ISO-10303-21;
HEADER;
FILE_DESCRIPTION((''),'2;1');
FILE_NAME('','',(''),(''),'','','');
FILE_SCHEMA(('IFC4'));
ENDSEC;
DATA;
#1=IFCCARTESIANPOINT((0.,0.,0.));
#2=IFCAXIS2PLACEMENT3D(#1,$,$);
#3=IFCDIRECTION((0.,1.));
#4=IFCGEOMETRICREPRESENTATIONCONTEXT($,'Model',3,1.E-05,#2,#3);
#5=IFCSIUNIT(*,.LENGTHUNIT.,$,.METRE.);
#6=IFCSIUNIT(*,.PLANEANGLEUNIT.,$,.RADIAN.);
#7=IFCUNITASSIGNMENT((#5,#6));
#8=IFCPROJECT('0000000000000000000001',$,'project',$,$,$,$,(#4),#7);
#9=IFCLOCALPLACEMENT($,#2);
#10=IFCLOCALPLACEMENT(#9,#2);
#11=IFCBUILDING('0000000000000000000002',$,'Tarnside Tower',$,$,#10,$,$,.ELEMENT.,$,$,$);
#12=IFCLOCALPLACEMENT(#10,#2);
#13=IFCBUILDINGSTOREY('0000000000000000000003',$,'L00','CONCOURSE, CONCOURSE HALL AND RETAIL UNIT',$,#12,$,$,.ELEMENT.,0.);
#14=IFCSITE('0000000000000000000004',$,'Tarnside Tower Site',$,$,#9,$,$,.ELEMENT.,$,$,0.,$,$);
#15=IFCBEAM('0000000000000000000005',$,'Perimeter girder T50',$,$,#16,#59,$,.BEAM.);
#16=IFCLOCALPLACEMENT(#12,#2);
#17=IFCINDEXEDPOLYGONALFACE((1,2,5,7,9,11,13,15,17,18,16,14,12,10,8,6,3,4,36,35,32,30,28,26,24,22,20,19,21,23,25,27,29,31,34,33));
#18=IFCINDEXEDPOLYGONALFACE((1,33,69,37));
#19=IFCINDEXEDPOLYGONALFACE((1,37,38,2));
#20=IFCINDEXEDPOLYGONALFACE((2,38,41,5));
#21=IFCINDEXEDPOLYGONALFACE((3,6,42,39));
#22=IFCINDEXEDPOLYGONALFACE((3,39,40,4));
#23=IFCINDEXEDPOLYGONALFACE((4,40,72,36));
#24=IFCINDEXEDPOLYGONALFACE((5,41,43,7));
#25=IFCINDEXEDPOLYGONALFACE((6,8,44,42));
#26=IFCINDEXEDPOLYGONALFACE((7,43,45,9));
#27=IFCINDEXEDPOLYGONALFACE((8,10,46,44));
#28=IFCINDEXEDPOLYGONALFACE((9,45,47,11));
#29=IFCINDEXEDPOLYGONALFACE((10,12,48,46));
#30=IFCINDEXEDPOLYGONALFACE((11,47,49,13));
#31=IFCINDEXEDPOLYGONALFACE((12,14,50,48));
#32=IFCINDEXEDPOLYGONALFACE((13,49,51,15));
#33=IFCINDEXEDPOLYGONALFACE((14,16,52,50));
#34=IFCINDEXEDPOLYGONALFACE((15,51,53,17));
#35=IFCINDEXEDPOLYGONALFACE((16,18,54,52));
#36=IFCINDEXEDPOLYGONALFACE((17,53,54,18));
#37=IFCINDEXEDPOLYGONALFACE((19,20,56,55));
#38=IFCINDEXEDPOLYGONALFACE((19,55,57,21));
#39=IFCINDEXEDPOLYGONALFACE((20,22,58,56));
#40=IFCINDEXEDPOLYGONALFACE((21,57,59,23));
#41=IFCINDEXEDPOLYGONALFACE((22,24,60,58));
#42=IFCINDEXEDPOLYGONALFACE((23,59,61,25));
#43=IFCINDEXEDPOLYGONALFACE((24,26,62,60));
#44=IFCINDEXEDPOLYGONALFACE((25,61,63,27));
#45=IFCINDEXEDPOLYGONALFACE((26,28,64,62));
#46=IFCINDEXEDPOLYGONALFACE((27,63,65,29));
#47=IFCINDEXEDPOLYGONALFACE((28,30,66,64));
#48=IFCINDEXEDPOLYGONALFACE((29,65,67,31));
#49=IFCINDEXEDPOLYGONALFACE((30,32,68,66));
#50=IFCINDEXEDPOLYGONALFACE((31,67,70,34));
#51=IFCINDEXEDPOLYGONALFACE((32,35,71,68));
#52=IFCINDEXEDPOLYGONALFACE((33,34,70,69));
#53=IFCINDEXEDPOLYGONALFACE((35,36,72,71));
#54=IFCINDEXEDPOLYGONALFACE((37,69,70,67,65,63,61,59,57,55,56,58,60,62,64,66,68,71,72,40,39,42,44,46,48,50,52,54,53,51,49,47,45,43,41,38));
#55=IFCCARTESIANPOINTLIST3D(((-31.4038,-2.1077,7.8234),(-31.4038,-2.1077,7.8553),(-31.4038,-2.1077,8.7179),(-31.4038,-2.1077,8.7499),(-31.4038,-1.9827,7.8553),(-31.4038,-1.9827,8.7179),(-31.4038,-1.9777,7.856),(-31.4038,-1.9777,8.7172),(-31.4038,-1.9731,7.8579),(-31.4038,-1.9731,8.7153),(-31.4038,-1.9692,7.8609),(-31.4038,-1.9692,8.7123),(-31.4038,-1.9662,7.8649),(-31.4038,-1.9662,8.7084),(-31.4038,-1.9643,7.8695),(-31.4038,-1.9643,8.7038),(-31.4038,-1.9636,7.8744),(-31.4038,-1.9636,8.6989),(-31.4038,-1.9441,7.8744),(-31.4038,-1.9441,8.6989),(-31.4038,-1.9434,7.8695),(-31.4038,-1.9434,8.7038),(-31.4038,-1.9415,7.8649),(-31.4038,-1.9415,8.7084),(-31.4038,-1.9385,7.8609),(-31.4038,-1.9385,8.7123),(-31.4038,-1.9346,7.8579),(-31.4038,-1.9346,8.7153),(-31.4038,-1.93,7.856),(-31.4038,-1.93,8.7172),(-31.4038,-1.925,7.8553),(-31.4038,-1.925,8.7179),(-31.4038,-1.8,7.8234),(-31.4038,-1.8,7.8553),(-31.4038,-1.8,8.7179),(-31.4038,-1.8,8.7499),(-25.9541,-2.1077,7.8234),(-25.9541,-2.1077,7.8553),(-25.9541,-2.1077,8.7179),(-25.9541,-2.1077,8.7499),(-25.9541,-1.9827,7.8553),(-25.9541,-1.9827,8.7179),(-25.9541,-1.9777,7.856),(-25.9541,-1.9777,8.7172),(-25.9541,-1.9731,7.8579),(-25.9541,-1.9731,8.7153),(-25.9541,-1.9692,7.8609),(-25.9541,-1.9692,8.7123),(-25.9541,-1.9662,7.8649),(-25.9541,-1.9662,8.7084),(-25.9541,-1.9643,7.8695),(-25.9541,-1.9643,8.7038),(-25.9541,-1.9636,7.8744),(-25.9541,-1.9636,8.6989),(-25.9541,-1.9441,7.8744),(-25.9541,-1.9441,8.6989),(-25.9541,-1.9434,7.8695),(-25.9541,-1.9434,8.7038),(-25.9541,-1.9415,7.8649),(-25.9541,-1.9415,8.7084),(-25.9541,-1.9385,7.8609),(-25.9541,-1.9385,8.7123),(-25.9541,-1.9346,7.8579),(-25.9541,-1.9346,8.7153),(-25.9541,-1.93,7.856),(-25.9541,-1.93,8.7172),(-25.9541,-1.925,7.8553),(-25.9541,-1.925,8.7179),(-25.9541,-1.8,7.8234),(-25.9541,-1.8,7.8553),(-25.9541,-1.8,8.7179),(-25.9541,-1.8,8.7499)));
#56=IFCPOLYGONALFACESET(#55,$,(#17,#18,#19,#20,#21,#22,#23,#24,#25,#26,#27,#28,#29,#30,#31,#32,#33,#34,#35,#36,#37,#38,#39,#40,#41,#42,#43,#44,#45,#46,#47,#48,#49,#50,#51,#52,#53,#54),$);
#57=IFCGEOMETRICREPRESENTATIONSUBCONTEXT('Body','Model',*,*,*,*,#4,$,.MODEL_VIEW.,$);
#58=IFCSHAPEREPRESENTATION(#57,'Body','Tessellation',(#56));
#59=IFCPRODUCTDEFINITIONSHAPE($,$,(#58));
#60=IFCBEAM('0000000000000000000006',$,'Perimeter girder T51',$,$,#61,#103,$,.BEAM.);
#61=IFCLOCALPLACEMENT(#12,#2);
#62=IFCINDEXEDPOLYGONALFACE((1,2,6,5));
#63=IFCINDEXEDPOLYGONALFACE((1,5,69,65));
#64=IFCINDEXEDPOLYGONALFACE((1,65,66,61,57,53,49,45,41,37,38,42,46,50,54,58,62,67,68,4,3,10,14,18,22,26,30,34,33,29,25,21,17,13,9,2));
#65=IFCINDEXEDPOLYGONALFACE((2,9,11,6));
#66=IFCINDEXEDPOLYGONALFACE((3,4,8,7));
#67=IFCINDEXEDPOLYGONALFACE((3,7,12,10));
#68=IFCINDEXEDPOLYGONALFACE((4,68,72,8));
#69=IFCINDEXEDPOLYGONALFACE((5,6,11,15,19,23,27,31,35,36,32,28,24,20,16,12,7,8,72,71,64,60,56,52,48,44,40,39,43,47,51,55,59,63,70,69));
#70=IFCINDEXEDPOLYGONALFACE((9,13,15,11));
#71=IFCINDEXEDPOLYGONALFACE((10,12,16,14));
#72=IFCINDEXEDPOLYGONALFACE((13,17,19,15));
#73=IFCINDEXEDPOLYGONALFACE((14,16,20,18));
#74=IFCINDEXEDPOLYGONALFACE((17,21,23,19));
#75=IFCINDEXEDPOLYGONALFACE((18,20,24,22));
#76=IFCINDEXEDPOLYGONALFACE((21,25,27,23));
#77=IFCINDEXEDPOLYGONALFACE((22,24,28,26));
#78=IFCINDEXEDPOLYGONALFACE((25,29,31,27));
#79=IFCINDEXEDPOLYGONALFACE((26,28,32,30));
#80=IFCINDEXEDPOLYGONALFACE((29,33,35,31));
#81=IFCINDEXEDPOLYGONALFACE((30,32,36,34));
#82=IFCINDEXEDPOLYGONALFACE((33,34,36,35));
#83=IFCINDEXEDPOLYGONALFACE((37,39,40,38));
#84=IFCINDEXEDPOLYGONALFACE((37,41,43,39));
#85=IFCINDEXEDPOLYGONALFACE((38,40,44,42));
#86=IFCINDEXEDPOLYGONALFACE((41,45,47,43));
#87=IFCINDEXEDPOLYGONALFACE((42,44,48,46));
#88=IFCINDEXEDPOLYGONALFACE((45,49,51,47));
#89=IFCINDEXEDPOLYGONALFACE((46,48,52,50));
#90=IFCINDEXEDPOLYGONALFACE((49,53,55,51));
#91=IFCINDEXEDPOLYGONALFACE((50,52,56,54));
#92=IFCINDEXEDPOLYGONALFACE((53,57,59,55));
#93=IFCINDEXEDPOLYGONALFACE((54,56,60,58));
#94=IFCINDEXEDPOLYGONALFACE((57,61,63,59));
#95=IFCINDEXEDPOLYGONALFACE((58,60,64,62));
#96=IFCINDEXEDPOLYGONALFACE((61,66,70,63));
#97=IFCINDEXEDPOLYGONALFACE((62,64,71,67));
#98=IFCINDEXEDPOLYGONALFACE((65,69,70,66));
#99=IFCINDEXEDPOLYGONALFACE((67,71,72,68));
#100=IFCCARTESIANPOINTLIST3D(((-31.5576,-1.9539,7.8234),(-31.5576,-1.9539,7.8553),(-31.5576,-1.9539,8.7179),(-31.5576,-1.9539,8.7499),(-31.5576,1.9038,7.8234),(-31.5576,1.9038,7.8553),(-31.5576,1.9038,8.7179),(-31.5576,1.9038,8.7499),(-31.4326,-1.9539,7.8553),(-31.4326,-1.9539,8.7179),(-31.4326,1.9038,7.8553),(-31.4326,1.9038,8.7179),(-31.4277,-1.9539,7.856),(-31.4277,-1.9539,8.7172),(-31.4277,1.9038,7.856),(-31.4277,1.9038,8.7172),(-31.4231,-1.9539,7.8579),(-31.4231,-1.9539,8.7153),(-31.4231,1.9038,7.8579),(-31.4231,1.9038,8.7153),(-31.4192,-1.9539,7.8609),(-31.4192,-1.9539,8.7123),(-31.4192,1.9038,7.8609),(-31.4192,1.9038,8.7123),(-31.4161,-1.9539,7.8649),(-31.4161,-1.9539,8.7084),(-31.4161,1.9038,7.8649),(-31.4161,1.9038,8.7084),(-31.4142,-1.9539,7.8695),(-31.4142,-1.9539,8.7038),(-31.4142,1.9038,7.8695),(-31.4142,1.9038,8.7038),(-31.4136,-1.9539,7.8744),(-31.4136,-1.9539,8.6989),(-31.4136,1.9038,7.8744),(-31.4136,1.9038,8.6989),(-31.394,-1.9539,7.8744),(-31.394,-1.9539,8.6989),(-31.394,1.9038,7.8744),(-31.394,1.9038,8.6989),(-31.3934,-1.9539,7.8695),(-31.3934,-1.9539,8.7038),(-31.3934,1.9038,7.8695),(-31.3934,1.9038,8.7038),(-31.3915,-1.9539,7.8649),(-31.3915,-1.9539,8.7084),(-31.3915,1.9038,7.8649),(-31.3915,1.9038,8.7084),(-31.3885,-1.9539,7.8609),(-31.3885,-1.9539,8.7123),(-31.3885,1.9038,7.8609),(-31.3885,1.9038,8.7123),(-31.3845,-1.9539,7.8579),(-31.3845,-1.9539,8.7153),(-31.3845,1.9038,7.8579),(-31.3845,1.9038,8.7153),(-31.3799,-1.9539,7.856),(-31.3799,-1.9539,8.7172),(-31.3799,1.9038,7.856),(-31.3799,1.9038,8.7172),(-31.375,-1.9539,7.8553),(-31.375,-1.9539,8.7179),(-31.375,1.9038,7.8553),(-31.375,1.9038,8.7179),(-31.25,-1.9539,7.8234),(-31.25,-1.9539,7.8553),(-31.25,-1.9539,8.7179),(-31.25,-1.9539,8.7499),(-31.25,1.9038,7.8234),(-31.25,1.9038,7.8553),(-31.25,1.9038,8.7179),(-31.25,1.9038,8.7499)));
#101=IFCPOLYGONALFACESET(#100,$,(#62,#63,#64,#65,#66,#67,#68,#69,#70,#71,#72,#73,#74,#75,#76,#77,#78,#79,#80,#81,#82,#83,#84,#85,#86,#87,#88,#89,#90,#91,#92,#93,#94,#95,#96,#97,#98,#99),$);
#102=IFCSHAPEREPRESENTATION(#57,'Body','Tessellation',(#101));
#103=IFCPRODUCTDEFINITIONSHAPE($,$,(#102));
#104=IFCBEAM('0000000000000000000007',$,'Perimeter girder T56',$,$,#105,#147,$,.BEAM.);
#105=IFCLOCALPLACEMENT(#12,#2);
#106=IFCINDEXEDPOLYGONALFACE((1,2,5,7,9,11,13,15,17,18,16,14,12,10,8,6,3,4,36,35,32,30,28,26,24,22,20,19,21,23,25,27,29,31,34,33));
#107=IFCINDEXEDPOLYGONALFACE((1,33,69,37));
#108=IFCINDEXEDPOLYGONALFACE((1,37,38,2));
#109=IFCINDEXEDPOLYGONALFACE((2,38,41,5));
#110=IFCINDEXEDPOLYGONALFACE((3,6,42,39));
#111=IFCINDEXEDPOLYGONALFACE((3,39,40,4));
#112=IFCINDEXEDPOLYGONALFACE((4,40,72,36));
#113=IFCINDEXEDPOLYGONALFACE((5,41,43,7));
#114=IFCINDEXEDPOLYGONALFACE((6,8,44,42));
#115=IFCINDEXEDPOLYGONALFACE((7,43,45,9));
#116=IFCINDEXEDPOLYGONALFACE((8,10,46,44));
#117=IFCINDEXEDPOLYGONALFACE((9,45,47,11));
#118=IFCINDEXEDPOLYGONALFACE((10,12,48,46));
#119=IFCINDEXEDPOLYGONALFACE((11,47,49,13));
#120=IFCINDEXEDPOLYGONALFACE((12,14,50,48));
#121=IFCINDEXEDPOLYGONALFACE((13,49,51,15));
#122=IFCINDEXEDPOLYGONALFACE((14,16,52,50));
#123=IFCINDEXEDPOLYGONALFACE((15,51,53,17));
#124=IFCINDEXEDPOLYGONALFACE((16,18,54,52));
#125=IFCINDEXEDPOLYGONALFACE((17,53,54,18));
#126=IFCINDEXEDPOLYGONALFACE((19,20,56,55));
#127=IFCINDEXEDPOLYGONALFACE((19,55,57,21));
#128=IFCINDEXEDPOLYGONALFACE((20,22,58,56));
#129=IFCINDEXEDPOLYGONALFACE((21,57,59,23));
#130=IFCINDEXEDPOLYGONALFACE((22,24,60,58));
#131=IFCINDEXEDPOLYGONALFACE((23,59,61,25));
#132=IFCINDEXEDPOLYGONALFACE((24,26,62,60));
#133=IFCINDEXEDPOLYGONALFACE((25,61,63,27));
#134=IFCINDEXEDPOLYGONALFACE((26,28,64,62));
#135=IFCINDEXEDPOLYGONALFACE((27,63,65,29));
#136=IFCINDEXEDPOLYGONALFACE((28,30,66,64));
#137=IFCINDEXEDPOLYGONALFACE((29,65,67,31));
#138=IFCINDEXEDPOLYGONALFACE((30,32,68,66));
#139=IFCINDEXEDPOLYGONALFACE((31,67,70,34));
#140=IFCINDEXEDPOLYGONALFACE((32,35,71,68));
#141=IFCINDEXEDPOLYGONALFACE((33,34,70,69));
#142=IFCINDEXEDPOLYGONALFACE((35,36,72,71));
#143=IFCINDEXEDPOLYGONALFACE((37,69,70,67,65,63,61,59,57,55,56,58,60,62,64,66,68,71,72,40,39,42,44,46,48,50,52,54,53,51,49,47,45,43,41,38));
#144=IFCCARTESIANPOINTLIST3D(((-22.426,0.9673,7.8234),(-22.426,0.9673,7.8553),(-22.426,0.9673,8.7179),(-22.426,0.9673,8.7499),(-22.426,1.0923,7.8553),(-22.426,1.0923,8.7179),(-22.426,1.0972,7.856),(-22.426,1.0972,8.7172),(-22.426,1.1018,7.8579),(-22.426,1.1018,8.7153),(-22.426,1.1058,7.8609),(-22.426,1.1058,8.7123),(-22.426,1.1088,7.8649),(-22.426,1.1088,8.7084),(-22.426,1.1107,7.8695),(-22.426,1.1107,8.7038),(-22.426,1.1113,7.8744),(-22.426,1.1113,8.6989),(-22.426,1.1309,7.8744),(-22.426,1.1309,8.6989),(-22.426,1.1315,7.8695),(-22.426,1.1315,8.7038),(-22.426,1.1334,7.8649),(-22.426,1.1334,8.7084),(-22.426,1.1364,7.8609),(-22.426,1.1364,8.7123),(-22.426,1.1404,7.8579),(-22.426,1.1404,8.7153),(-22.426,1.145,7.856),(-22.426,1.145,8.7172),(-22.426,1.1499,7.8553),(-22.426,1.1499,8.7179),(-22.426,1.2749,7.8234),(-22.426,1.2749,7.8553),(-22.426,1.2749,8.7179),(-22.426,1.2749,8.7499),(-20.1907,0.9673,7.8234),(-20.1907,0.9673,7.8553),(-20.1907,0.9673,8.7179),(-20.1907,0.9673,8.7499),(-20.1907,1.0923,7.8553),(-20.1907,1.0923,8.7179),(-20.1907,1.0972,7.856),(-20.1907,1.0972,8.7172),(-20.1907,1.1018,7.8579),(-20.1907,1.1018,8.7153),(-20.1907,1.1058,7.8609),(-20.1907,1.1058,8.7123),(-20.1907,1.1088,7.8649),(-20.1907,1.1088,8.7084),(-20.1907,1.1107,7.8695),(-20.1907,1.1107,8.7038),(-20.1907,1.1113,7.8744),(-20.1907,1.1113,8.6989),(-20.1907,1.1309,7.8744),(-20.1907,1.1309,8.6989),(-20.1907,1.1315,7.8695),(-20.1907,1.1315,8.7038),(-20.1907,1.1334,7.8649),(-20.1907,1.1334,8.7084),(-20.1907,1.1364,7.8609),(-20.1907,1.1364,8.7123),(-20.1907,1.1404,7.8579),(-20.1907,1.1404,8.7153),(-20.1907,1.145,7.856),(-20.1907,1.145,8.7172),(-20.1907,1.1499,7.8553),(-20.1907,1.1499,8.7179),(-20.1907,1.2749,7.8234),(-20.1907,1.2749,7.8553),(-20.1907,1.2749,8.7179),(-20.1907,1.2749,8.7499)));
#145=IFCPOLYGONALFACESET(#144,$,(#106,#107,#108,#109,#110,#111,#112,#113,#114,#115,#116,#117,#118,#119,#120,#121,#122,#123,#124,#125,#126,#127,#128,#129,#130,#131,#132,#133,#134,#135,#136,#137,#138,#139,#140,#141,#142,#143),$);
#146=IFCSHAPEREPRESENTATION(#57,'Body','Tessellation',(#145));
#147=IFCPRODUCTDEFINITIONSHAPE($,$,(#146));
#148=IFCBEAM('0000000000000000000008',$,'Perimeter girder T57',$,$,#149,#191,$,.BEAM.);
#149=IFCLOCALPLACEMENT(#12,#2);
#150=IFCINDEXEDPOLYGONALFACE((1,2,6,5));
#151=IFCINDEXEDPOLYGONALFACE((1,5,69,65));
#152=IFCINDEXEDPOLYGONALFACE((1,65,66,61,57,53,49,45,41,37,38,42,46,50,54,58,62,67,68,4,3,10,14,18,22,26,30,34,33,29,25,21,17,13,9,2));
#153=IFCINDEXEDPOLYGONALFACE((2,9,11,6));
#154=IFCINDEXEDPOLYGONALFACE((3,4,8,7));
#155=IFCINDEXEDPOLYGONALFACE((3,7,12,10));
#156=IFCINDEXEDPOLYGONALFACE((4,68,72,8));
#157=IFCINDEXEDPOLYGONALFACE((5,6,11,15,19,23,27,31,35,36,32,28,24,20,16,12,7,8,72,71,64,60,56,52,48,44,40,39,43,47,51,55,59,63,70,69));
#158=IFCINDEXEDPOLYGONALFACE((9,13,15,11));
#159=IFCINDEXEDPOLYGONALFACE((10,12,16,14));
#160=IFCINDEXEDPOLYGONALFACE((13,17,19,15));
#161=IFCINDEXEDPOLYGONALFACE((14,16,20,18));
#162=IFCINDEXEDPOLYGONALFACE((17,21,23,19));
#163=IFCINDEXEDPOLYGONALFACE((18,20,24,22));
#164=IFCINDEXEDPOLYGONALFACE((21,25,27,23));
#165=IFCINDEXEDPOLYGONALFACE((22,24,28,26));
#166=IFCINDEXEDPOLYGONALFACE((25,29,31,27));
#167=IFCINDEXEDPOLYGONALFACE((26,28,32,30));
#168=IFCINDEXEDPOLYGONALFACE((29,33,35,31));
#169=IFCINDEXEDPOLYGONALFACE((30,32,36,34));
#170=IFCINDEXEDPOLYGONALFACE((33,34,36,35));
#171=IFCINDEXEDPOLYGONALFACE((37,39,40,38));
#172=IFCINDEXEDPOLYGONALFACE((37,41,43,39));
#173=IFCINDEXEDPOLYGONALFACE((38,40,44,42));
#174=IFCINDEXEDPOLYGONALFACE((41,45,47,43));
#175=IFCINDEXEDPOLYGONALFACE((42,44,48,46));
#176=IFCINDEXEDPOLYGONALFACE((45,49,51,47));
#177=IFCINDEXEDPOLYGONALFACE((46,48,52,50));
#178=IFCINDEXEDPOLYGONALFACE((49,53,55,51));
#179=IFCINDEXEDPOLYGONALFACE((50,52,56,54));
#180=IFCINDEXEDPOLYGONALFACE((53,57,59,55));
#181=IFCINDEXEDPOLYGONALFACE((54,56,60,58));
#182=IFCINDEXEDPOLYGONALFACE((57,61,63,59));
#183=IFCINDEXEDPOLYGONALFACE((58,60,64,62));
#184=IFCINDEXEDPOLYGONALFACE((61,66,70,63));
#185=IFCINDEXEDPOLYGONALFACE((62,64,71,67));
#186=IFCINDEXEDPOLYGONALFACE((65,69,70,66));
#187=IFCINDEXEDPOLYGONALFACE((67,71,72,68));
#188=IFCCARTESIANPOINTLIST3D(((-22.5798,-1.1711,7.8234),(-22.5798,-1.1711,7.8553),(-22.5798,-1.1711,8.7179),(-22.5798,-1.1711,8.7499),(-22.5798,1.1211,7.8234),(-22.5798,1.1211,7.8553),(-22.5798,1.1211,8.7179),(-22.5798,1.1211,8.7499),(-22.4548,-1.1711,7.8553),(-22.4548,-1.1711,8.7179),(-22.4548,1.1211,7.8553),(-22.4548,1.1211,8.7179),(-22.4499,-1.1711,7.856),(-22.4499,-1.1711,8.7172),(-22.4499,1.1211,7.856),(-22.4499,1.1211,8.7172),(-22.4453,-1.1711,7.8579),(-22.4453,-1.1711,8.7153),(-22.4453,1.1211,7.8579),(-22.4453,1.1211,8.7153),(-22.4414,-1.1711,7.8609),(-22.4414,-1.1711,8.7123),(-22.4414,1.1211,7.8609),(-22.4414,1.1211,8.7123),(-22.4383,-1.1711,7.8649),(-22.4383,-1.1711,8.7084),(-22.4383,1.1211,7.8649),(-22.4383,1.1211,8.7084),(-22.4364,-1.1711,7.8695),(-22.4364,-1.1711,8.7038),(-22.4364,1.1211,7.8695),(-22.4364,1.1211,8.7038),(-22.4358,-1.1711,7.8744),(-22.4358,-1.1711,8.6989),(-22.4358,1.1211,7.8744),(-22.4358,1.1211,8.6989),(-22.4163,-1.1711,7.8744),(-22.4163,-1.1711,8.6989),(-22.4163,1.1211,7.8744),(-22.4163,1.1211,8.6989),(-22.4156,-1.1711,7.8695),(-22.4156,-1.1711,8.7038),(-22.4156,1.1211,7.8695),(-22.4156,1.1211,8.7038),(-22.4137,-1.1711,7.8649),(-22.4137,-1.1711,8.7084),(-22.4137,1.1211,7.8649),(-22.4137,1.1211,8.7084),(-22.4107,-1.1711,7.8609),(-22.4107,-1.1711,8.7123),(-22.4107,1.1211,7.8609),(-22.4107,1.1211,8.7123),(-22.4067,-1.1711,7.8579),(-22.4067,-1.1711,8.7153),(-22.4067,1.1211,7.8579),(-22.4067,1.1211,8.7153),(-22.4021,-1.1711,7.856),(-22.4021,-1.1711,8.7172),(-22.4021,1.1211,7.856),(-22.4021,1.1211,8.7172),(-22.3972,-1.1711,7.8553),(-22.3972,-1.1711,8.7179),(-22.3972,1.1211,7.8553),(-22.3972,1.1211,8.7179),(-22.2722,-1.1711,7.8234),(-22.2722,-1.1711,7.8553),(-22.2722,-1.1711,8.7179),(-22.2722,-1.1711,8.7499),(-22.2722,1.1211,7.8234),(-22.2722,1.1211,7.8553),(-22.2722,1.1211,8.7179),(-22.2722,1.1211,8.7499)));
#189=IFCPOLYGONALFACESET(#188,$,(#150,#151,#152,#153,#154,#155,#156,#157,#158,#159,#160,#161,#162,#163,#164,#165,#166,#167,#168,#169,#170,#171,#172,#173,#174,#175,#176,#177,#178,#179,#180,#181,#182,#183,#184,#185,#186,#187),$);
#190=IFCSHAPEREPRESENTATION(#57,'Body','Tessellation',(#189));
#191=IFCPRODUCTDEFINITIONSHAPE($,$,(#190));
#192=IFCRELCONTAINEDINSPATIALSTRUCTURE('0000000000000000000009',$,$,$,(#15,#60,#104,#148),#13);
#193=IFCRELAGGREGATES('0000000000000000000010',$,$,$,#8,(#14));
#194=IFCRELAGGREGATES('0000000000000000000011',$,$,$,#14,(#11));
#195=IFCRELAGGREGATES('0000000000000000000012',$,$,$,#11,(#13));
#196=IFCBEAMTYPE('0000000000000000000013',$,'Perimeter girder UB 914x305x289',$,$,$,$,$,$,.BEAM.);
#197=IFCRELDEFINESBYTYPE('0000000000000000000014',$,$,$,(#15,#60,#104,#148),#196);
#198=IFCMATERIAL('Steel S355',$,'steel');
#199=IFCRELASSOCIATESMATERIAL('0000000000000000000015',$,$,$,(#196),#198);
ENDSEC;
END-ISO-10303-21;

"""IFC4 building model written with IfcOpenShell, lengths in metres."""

from ifc_helpers import new_model, si_unit, direction, frame, origin, origin_2d, place, context, subcontext, project, spatial, i_section, extrude, material, material_profile, profile_set, type_object, element, save


model = new_model("IFC4")

# Units and contexts
model_context = context("Model", 3, precision=1e-05, world=origin(), true_north=direction((0.0, 1.0)))
body_context = subcontext(model_context, "Body", "Model", "MODEL_VIEW")
ifc_project = project(units=[si_unit("LENGTHUNIT", "METRE"), si_unit("PLANEANGLEUNIT", "RADIAN")], contexts=[model_context])

# Site, building, storey
site_placement = place(None, origin())
site = spatial("IfcSite", under=ifc_project, at=site_placement, Name="Tarnside Tower Site", CompositionType="ELEMENT", RefElevation=0.0)
building_placement = place(site_placement, origin())
building = spatial("IfcBuilding", under=site, at=building_placement, Name="Tarnside Tower", CompositionType="ELEMENT")
storey_placement = place(building_placement, origin())
storey = spatial("IfcBuildingStorey", under=building, at=storey_placement, Name="L00", Description="CONCOURSE, CONCOURSE HALL AND RETAIL UNIT", CompositionType="ELEMENT", Elevation=0.0)

# Beams
ifc_material_1 = material(Name="Steel S355", Category="steel")
ifc_material_profile_1 = material_profile(ifc_material_1, i_section(OverallWidth=0.3076, OverallDepth=0.9265, WebThickness=0.0195, FlangeThickness=0.032, FilletRadius=0.019, at=origin_2d()), Name="UB 914x305x289")
ifc_profile_set_1 = profile_set([ifc_material_profile_1], Name="Steel S355")
beam_type_1 = type_object("IfcBeamType", Name="Perimeter girder UB 914x305x289", PredefinedType="BEAM", material=ifc_profile_set_1)
beam_1_placement = place(storey_placement, frame((-25.9541, -1.9539, 8.2866), z_axis=(-1.0, 0.0, 0.0), x_axis=(0.0, -1.0, 0.0)))
element("IfcBeam", 1, at=beam_1_placement, inside=storey, type_object=beam_type_1, Name="Perimeter girder T50", PredefinedType="BEAM", context=body_context, shape_type="SweptSolid", body=[
    extrude(i_section(OverallWidth=0.3076, OverallDepth=0.9265, WebThickness=0.0195, FlangeThickness=0.032, FilletRadius=0.019, at=origin_2d()), origin(), (0.0, 0.0, 1.0), 5.4497),
])
beam_2_placement = place(storey_placement, frame((-31.4038, -1.9539, 8.2866), z_axis=(0.0, 1.0, 0.0), x_axis=(-1.0, 0.0, 0.0)))
element("IfcBeam", 2, at=beam_2_placement, inside=storey, type_object=beam_type_1, Name="Perimeter girder T51", PredefinedType="BEAM", context=body_context, shape_type="SweptSolid", body=[
    extrude(i_section(OverallWidth=0.3076, OverallDepth=0.9265, WebThickness=0.0195, FlangeThickness=0.032, FilletRadius=0.019, at=origin_2d()), origin(), (0.0, 0.0, 1.0), 3.8577),
])
beam_3_placement = place(storey_placement, frame((-20.1907, 1.1211, 8.2866), z_axis=(-1.0, 0.0, 0.0), x_axis=(0.0, -1.0, 0.0)))
element("IfcBeam", 3, at=beam_3_placement, inside=storey, type_object=beam_type_1, Name="Perimeter girder T56", PredefinedType="BEAM", context=body_context, shape_type="SweptSolid", body=[
    extrude(i_section(OverallWidth=0.3076, OverallDepth=0.9265, WebThickness=0.0195, FlangeThickness=0.032, FilletRadius=0.019, at=origin_2d()), origin(), (0.0, 0.0, 1.0), 2.2354),
])
beam_4_placement = place(storey_placement, frame((-22.426, 1.1211, 8.2866), z_axis=(0.0, -1.0, 0.0), x_axis=(1.0, 0.0, 0.0)))
element("IfcBeam", 4, at=beam_4_placement, inside=storey, type_object=beam_type_1, Name="Perimeter girder T57", PredefinedType="BEAM", context=body_context, shape_type="SweptSolid", body=[
    extrude(i_section(OverallWidth=0.3076, OverallDepth=0.9265, WebThickness=0.0195, FlangeThickness=0.032, FilletRadius=0.019, at=origin_2d()), origin(), (0.0, 0.0, 1.0), 2.2922),
])

save(model, "model.ifc")
